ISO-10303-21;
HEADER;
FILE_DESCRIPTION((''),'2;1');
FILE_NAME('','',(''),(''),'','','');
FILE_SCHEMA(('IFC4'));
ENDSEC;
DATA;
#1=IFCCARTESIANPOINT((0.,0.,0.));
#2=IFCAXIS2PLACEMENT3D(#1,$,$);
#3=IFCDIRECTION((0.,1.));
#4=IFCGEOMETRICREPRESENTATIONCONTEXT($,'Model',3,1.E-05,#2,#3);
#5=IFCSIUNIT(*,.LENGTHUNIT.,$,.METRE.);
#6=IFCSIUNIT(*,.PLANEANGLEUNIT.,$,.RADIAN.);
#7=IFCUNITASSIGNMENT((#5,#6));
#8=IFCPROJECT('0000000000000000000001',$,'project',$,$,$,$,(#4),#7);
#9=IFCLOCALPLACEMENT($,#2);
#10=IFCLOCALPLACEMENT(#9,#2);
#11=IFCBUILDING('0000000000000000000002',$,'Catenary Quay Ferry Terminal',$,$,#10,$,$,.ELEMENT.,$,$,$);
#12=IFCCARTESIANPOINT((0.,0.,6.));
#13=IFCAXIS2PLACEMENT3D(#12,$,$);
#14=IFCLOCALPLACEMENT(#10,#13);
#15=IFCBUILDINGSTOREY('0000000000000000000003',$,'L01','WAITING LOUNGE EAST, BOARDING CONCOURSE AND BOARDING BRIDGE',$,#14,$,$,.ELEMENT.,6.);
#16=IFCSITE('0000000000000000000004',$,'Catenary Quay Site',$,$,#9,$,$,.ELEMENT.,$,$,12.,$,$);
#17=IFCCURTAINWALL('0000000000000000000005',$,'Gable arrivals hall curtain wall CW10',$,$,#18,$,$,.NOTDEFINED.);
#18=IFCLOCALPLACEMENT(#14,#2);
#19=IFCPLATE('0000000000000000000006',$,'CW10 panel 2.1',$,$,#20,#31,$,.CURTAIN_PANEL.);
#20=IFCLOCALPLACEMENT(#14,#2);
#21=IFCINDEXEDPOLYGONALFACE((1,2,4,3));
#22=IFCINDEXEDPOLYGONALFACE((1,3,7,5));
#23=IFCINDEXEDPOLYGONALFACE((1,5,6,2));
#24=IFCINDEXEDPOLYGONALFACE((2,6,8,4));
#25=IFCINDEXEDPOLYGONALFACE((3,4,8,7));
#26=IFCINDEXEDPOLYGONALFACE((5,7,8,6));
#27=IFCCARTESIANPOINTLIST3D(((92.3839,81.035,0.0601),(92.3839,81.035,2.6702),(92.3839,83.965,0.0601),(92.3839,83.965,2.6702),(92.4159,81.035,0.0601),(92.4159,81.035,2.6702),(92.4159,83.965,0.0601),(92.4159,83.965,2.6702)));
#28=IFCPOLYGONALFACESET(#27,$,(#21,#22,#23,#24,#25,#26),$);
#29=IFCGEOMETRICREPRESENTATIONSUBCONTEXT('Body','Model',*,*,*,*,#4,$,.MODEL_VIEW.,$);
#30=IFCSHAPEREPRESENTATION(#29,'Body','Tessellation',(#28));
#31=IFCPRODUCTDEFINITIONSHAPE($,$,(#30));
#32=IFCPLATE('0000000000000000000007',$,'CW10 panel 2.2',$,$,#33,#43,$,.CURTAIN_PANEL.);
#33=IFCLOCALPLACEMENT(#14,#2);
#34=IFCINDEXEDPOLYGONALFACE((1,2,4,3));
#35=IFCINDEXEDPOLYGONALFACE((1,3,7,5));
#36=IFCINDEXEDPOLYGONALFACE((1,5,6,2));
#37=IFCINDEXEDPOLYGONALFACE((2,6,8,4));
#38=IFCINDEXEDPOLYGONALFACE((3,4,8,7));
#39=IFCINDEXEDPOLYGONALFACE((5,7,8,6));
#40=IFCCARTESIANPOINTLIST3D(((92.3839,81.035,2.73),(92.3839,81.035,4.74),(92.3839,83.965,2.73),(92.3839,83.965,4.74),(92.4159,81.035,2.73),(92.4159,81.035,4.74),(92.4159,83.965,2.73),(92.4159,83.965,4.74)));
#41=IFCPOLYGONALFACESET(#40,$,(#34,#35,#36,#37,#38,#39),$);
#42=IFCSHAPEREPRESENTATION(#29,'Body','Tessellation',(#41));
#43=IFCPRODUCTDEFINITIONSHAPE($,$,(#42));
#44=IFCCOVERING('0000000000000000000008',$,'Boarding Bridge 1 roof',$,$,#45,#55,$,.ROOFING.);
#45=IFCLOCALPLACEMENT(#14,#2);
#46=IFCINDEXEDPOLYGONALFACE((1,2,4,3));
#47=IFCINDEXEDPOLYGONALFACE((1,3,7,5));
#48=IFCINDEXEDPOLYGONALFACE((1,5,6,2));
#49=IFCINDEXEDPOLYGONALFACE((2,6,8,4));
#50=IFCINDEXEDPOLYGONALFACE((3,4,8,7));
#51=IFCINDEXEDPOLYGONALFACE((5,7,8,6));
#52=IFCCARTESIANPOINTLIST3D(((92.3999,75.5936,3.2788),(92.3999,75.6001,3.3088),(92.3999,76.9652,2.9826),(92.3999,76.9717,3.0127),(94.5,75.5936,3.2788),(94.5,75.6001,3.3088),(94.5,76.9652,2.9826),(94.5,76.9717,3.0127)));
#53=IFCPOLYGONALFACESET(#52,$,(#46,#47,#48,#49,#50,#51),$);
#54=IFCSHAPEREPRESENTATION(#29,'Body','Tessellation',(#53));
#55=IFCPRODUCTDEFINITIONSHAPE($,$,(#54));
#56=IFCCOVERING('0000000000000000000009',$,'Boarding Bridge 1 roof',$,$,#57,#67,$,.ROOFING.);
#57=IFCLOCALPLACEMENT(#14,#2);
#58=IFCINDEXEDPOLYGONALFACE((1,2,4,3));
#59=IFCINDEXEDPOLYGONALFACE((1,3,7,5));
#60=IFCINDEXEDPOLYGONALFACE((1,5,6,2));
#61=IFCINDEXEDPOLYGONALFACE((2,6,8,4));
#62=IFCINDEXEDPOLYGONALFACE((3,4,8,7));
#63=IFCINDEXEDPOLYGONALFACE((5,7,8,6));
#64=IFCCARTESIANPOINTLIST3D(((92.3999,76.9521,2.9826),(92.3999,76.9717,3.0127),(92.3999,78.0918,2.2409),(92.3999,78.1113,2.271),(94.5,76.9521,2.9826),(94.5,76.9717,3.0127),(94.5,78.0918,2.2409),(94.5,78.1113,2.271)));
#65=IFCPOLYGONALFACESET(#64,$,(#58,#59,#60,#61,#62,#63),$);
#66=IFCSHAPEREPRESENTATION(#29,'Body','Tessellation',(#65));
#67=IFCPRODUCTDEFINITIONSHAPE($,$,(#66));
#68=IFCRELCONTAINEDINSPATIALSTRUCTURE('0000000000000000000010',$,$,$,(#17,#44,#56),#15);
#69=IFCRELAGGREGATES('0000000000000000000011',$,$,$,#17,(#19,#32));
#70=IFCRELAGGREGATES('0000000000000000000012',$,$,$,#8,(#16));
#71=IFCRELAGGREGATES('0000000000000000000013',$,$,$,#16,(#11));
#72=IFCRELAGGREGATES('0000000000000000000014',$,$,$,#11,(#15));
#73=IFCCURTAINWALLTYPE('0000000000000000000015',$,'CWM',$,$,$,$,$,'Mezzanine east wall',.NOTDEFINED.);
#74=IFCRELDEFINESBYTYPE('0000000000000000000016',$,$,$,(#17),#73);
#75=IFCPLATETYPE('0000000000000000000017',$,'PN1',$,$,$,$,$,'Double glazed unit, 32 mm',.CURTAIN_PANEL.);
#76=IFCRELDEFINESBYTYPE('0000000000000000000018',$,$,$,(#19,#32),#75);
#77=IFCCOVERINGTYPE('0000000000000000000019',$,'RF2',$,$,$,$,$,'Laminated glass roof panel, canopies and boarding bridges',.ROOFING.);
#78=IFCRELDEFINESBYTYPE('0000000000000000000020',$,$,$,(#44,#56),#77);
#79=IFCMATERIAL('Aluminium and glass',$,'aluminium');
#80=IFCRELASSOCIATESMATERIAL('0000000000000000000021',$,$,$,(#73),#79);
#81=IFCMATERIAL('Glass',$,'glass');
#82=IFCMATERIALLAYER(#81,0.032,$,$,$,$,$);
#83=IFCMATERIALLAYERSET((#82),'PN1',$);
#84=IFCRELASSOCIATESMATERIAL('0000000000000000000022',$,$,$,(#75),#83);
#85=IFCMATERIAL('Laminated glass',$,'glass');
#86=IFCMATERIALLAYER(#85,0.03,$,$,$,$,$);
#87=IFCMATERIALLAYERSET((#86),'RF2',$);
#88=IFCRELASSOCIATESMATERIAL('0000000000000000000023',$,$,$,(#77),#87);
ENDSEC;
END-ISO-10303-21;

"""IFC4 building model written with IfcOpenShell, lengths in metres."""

from ifc_helpers import new_model, si_unit, direction, frame, origin, origin_2d, place, context, subcontext, project, spatial, polyline, rectangle, outline, extrude, material, layer, layer_set, type_object, element, aggregate, save


model = new_model("IFC4")

# Units and contexts
model_context = context("Model", 3, precision=1e-05, world=origin(), true_north=direction((0.0, 1.0)))
body_context = subcontext(model_context, "Body", "Model", "MODEL_VIEW")
ifc_project = project(units=[si_unit("LENGTHUNIT", "METRE"), si_unit("PLANEANGLEUNIT", "RADIAN")], contexts=[model_context])

# Site, building, storey
site_placement = place(None, origin())
site = spatial("IfcSite", under=ifc_project, at=site_placement, Name="Catenary Quay Site", CompositionType="ELEMENT", RefElevation=12.0)
building_placement = place(site_placement, origin())
building = spatial("IfcBuilding", under=site, at=building_placement, Name="Catenary Quay Ferry Terminal", CompositionType="ELEMENT")
storey_placement = place(building_placement, frame((0.0, 0.0, 6.0)))
storey = spatial("IfcBuildingStorey", under=building, at=storey_placement, Name="L01", Description="WAITING LOUNGE EAST, BOARDING CONCOURSE AND BOARDING BRIDGE", CompositionType="ELEMENT", Elevation=6.0)

# Curtain wall
ifc_material_1 = material(Name="Aluminium and glass", Category="aluminium")
curtain_wall_type_1 = type_object("IfcCurtainWallType", Name="CWM", ElementType="Mezzanine east wall", PredefinedType="NOTDEFINED", material=ifc_material_1)
curtain_wall_1_placement = place(storey_placement, origin())
curtain_wall_1 = element("IfcCurtainWall", 1, at=curtain_wall_1_placement, inside=storey, type_object=curtain_wall_type_1, Name="Gable arrivals hall curtain wall CW10", PredefinedType="NOTDEFINED")

# Plates
ifc_material_2 = material(Name="Glass", Category="glass")
ifc_layer_1 = layer(ifc_material_2, 0.032)
ifc_layer_set_1 = layer_set([ifc_layer_1], Name="PN1")
plate_type = type_object("IfcPlateType", Name="PN1", ElementType="Double glazed unit, 32 mm", PredefinedType="CURTAIN_PANEL", material=ifc_layer_set_1)
plate_1_placement = place(storey_placement, frame((92.3999, 82.5, 0.0601), z_axis=(0.0, 0.0, 1.0), x_axis=(0.0, 1.0, 0.0)))
plate_1 = element("IfcPlate", 2, at=plate_1_placement, type_object=plate_type, Name="CW10 panel 2.1", PredefinedType="CURTAIN_PANEL", context=body_context, shape_type="SweptSolid", body=[
    extrude(rectangle(XDim=2.9299, YDim=0.032, at=origin_2d()), origin(), (0.0, 0.0, 1.0), 2.6101),
])
plate_2_placement = place(storey_placement, frame((92.3999, 82.5, 2.73), z_axis=(0.0, 0.0, 1.0), x_axis=(0.0, 1.0, 0.0)))
plate_2 = element("IfcPlate", 3, at=plate_2_placement, type_object=plate_type, Name="CW10 panel 2.2", PredefinedType="CURTAIN_PANEL", context=body_context, shape_type="SweptSolid", body=[
    extrude(rectangle(XDim=2.9299, YDim=0.032, at=origin_2d()), origin(), (0.0, 0.0, 1.0), 2.01),
])
aggregate(curtain_wall_1, [plate_1, plate_2])

# Coverings
ifc_material_3 = material(Name="Laminated glass", Category="glass")
ifc_layer_2 = layer(ifc_material_3, 0.03)
ifc_layer_set_2 = layer_set([ifc_layer_2], Name="RF2")
covering_type = type_object("IfcCoveringType", Name="RF2", ElementType="Laminated glass roof panel, canopies and boarding bridges", PredefinedType="ROOFING", material=ifc_layer_set_2)
covering_1_placement = place(storey_placement, frame((92.3999, 75.6001, 3.3088), z_axis=(0.0, 0.21105, 0.977475), x_axis=(1.0, 0.0, 0.0)))
element("IfcCovering", 4, at=covering_1_placement, inside=storey, type_object=covering_type, Name="Boarding Bridge 1 roof", PredefinedType="ROOFING", context=body_context, shape_type="SweptSolid", body=[
    extrude(outline(polyline([(0.0, 0.0), (2.1001, 0.0), (2.1001, 1.4032), (0.0, 1.4032), (0.0, 0.0)])), origin(), (0.0, 0.0, -1.0), 0.0308),
])
covering_2_placement = place(storey_placement, frame((92.3999, 76.9717, 3.0127), z_axis=(0.0, 0.545468, 0.838132), x_axis=(1.0, 0.0, 0.0)))
element("IfcCovering", 5, at=covering_2_placement, inside=storey, type_object=covering_type, Name="Boarding Bridge 1 roof", PredefinedType="ROOFING", context=body_context, shape_type="SweptSolid", body=[
    extrude(outline(polyline([(0.0, 0.0), (2.1001, 0.0), (2.1001, 1.3597), (0.0, 1.3597), (0.0, 0.0)])), origin(), (0.0, 0.0, -1.0), 0.0359),
])

save(model, "model.ifc")
